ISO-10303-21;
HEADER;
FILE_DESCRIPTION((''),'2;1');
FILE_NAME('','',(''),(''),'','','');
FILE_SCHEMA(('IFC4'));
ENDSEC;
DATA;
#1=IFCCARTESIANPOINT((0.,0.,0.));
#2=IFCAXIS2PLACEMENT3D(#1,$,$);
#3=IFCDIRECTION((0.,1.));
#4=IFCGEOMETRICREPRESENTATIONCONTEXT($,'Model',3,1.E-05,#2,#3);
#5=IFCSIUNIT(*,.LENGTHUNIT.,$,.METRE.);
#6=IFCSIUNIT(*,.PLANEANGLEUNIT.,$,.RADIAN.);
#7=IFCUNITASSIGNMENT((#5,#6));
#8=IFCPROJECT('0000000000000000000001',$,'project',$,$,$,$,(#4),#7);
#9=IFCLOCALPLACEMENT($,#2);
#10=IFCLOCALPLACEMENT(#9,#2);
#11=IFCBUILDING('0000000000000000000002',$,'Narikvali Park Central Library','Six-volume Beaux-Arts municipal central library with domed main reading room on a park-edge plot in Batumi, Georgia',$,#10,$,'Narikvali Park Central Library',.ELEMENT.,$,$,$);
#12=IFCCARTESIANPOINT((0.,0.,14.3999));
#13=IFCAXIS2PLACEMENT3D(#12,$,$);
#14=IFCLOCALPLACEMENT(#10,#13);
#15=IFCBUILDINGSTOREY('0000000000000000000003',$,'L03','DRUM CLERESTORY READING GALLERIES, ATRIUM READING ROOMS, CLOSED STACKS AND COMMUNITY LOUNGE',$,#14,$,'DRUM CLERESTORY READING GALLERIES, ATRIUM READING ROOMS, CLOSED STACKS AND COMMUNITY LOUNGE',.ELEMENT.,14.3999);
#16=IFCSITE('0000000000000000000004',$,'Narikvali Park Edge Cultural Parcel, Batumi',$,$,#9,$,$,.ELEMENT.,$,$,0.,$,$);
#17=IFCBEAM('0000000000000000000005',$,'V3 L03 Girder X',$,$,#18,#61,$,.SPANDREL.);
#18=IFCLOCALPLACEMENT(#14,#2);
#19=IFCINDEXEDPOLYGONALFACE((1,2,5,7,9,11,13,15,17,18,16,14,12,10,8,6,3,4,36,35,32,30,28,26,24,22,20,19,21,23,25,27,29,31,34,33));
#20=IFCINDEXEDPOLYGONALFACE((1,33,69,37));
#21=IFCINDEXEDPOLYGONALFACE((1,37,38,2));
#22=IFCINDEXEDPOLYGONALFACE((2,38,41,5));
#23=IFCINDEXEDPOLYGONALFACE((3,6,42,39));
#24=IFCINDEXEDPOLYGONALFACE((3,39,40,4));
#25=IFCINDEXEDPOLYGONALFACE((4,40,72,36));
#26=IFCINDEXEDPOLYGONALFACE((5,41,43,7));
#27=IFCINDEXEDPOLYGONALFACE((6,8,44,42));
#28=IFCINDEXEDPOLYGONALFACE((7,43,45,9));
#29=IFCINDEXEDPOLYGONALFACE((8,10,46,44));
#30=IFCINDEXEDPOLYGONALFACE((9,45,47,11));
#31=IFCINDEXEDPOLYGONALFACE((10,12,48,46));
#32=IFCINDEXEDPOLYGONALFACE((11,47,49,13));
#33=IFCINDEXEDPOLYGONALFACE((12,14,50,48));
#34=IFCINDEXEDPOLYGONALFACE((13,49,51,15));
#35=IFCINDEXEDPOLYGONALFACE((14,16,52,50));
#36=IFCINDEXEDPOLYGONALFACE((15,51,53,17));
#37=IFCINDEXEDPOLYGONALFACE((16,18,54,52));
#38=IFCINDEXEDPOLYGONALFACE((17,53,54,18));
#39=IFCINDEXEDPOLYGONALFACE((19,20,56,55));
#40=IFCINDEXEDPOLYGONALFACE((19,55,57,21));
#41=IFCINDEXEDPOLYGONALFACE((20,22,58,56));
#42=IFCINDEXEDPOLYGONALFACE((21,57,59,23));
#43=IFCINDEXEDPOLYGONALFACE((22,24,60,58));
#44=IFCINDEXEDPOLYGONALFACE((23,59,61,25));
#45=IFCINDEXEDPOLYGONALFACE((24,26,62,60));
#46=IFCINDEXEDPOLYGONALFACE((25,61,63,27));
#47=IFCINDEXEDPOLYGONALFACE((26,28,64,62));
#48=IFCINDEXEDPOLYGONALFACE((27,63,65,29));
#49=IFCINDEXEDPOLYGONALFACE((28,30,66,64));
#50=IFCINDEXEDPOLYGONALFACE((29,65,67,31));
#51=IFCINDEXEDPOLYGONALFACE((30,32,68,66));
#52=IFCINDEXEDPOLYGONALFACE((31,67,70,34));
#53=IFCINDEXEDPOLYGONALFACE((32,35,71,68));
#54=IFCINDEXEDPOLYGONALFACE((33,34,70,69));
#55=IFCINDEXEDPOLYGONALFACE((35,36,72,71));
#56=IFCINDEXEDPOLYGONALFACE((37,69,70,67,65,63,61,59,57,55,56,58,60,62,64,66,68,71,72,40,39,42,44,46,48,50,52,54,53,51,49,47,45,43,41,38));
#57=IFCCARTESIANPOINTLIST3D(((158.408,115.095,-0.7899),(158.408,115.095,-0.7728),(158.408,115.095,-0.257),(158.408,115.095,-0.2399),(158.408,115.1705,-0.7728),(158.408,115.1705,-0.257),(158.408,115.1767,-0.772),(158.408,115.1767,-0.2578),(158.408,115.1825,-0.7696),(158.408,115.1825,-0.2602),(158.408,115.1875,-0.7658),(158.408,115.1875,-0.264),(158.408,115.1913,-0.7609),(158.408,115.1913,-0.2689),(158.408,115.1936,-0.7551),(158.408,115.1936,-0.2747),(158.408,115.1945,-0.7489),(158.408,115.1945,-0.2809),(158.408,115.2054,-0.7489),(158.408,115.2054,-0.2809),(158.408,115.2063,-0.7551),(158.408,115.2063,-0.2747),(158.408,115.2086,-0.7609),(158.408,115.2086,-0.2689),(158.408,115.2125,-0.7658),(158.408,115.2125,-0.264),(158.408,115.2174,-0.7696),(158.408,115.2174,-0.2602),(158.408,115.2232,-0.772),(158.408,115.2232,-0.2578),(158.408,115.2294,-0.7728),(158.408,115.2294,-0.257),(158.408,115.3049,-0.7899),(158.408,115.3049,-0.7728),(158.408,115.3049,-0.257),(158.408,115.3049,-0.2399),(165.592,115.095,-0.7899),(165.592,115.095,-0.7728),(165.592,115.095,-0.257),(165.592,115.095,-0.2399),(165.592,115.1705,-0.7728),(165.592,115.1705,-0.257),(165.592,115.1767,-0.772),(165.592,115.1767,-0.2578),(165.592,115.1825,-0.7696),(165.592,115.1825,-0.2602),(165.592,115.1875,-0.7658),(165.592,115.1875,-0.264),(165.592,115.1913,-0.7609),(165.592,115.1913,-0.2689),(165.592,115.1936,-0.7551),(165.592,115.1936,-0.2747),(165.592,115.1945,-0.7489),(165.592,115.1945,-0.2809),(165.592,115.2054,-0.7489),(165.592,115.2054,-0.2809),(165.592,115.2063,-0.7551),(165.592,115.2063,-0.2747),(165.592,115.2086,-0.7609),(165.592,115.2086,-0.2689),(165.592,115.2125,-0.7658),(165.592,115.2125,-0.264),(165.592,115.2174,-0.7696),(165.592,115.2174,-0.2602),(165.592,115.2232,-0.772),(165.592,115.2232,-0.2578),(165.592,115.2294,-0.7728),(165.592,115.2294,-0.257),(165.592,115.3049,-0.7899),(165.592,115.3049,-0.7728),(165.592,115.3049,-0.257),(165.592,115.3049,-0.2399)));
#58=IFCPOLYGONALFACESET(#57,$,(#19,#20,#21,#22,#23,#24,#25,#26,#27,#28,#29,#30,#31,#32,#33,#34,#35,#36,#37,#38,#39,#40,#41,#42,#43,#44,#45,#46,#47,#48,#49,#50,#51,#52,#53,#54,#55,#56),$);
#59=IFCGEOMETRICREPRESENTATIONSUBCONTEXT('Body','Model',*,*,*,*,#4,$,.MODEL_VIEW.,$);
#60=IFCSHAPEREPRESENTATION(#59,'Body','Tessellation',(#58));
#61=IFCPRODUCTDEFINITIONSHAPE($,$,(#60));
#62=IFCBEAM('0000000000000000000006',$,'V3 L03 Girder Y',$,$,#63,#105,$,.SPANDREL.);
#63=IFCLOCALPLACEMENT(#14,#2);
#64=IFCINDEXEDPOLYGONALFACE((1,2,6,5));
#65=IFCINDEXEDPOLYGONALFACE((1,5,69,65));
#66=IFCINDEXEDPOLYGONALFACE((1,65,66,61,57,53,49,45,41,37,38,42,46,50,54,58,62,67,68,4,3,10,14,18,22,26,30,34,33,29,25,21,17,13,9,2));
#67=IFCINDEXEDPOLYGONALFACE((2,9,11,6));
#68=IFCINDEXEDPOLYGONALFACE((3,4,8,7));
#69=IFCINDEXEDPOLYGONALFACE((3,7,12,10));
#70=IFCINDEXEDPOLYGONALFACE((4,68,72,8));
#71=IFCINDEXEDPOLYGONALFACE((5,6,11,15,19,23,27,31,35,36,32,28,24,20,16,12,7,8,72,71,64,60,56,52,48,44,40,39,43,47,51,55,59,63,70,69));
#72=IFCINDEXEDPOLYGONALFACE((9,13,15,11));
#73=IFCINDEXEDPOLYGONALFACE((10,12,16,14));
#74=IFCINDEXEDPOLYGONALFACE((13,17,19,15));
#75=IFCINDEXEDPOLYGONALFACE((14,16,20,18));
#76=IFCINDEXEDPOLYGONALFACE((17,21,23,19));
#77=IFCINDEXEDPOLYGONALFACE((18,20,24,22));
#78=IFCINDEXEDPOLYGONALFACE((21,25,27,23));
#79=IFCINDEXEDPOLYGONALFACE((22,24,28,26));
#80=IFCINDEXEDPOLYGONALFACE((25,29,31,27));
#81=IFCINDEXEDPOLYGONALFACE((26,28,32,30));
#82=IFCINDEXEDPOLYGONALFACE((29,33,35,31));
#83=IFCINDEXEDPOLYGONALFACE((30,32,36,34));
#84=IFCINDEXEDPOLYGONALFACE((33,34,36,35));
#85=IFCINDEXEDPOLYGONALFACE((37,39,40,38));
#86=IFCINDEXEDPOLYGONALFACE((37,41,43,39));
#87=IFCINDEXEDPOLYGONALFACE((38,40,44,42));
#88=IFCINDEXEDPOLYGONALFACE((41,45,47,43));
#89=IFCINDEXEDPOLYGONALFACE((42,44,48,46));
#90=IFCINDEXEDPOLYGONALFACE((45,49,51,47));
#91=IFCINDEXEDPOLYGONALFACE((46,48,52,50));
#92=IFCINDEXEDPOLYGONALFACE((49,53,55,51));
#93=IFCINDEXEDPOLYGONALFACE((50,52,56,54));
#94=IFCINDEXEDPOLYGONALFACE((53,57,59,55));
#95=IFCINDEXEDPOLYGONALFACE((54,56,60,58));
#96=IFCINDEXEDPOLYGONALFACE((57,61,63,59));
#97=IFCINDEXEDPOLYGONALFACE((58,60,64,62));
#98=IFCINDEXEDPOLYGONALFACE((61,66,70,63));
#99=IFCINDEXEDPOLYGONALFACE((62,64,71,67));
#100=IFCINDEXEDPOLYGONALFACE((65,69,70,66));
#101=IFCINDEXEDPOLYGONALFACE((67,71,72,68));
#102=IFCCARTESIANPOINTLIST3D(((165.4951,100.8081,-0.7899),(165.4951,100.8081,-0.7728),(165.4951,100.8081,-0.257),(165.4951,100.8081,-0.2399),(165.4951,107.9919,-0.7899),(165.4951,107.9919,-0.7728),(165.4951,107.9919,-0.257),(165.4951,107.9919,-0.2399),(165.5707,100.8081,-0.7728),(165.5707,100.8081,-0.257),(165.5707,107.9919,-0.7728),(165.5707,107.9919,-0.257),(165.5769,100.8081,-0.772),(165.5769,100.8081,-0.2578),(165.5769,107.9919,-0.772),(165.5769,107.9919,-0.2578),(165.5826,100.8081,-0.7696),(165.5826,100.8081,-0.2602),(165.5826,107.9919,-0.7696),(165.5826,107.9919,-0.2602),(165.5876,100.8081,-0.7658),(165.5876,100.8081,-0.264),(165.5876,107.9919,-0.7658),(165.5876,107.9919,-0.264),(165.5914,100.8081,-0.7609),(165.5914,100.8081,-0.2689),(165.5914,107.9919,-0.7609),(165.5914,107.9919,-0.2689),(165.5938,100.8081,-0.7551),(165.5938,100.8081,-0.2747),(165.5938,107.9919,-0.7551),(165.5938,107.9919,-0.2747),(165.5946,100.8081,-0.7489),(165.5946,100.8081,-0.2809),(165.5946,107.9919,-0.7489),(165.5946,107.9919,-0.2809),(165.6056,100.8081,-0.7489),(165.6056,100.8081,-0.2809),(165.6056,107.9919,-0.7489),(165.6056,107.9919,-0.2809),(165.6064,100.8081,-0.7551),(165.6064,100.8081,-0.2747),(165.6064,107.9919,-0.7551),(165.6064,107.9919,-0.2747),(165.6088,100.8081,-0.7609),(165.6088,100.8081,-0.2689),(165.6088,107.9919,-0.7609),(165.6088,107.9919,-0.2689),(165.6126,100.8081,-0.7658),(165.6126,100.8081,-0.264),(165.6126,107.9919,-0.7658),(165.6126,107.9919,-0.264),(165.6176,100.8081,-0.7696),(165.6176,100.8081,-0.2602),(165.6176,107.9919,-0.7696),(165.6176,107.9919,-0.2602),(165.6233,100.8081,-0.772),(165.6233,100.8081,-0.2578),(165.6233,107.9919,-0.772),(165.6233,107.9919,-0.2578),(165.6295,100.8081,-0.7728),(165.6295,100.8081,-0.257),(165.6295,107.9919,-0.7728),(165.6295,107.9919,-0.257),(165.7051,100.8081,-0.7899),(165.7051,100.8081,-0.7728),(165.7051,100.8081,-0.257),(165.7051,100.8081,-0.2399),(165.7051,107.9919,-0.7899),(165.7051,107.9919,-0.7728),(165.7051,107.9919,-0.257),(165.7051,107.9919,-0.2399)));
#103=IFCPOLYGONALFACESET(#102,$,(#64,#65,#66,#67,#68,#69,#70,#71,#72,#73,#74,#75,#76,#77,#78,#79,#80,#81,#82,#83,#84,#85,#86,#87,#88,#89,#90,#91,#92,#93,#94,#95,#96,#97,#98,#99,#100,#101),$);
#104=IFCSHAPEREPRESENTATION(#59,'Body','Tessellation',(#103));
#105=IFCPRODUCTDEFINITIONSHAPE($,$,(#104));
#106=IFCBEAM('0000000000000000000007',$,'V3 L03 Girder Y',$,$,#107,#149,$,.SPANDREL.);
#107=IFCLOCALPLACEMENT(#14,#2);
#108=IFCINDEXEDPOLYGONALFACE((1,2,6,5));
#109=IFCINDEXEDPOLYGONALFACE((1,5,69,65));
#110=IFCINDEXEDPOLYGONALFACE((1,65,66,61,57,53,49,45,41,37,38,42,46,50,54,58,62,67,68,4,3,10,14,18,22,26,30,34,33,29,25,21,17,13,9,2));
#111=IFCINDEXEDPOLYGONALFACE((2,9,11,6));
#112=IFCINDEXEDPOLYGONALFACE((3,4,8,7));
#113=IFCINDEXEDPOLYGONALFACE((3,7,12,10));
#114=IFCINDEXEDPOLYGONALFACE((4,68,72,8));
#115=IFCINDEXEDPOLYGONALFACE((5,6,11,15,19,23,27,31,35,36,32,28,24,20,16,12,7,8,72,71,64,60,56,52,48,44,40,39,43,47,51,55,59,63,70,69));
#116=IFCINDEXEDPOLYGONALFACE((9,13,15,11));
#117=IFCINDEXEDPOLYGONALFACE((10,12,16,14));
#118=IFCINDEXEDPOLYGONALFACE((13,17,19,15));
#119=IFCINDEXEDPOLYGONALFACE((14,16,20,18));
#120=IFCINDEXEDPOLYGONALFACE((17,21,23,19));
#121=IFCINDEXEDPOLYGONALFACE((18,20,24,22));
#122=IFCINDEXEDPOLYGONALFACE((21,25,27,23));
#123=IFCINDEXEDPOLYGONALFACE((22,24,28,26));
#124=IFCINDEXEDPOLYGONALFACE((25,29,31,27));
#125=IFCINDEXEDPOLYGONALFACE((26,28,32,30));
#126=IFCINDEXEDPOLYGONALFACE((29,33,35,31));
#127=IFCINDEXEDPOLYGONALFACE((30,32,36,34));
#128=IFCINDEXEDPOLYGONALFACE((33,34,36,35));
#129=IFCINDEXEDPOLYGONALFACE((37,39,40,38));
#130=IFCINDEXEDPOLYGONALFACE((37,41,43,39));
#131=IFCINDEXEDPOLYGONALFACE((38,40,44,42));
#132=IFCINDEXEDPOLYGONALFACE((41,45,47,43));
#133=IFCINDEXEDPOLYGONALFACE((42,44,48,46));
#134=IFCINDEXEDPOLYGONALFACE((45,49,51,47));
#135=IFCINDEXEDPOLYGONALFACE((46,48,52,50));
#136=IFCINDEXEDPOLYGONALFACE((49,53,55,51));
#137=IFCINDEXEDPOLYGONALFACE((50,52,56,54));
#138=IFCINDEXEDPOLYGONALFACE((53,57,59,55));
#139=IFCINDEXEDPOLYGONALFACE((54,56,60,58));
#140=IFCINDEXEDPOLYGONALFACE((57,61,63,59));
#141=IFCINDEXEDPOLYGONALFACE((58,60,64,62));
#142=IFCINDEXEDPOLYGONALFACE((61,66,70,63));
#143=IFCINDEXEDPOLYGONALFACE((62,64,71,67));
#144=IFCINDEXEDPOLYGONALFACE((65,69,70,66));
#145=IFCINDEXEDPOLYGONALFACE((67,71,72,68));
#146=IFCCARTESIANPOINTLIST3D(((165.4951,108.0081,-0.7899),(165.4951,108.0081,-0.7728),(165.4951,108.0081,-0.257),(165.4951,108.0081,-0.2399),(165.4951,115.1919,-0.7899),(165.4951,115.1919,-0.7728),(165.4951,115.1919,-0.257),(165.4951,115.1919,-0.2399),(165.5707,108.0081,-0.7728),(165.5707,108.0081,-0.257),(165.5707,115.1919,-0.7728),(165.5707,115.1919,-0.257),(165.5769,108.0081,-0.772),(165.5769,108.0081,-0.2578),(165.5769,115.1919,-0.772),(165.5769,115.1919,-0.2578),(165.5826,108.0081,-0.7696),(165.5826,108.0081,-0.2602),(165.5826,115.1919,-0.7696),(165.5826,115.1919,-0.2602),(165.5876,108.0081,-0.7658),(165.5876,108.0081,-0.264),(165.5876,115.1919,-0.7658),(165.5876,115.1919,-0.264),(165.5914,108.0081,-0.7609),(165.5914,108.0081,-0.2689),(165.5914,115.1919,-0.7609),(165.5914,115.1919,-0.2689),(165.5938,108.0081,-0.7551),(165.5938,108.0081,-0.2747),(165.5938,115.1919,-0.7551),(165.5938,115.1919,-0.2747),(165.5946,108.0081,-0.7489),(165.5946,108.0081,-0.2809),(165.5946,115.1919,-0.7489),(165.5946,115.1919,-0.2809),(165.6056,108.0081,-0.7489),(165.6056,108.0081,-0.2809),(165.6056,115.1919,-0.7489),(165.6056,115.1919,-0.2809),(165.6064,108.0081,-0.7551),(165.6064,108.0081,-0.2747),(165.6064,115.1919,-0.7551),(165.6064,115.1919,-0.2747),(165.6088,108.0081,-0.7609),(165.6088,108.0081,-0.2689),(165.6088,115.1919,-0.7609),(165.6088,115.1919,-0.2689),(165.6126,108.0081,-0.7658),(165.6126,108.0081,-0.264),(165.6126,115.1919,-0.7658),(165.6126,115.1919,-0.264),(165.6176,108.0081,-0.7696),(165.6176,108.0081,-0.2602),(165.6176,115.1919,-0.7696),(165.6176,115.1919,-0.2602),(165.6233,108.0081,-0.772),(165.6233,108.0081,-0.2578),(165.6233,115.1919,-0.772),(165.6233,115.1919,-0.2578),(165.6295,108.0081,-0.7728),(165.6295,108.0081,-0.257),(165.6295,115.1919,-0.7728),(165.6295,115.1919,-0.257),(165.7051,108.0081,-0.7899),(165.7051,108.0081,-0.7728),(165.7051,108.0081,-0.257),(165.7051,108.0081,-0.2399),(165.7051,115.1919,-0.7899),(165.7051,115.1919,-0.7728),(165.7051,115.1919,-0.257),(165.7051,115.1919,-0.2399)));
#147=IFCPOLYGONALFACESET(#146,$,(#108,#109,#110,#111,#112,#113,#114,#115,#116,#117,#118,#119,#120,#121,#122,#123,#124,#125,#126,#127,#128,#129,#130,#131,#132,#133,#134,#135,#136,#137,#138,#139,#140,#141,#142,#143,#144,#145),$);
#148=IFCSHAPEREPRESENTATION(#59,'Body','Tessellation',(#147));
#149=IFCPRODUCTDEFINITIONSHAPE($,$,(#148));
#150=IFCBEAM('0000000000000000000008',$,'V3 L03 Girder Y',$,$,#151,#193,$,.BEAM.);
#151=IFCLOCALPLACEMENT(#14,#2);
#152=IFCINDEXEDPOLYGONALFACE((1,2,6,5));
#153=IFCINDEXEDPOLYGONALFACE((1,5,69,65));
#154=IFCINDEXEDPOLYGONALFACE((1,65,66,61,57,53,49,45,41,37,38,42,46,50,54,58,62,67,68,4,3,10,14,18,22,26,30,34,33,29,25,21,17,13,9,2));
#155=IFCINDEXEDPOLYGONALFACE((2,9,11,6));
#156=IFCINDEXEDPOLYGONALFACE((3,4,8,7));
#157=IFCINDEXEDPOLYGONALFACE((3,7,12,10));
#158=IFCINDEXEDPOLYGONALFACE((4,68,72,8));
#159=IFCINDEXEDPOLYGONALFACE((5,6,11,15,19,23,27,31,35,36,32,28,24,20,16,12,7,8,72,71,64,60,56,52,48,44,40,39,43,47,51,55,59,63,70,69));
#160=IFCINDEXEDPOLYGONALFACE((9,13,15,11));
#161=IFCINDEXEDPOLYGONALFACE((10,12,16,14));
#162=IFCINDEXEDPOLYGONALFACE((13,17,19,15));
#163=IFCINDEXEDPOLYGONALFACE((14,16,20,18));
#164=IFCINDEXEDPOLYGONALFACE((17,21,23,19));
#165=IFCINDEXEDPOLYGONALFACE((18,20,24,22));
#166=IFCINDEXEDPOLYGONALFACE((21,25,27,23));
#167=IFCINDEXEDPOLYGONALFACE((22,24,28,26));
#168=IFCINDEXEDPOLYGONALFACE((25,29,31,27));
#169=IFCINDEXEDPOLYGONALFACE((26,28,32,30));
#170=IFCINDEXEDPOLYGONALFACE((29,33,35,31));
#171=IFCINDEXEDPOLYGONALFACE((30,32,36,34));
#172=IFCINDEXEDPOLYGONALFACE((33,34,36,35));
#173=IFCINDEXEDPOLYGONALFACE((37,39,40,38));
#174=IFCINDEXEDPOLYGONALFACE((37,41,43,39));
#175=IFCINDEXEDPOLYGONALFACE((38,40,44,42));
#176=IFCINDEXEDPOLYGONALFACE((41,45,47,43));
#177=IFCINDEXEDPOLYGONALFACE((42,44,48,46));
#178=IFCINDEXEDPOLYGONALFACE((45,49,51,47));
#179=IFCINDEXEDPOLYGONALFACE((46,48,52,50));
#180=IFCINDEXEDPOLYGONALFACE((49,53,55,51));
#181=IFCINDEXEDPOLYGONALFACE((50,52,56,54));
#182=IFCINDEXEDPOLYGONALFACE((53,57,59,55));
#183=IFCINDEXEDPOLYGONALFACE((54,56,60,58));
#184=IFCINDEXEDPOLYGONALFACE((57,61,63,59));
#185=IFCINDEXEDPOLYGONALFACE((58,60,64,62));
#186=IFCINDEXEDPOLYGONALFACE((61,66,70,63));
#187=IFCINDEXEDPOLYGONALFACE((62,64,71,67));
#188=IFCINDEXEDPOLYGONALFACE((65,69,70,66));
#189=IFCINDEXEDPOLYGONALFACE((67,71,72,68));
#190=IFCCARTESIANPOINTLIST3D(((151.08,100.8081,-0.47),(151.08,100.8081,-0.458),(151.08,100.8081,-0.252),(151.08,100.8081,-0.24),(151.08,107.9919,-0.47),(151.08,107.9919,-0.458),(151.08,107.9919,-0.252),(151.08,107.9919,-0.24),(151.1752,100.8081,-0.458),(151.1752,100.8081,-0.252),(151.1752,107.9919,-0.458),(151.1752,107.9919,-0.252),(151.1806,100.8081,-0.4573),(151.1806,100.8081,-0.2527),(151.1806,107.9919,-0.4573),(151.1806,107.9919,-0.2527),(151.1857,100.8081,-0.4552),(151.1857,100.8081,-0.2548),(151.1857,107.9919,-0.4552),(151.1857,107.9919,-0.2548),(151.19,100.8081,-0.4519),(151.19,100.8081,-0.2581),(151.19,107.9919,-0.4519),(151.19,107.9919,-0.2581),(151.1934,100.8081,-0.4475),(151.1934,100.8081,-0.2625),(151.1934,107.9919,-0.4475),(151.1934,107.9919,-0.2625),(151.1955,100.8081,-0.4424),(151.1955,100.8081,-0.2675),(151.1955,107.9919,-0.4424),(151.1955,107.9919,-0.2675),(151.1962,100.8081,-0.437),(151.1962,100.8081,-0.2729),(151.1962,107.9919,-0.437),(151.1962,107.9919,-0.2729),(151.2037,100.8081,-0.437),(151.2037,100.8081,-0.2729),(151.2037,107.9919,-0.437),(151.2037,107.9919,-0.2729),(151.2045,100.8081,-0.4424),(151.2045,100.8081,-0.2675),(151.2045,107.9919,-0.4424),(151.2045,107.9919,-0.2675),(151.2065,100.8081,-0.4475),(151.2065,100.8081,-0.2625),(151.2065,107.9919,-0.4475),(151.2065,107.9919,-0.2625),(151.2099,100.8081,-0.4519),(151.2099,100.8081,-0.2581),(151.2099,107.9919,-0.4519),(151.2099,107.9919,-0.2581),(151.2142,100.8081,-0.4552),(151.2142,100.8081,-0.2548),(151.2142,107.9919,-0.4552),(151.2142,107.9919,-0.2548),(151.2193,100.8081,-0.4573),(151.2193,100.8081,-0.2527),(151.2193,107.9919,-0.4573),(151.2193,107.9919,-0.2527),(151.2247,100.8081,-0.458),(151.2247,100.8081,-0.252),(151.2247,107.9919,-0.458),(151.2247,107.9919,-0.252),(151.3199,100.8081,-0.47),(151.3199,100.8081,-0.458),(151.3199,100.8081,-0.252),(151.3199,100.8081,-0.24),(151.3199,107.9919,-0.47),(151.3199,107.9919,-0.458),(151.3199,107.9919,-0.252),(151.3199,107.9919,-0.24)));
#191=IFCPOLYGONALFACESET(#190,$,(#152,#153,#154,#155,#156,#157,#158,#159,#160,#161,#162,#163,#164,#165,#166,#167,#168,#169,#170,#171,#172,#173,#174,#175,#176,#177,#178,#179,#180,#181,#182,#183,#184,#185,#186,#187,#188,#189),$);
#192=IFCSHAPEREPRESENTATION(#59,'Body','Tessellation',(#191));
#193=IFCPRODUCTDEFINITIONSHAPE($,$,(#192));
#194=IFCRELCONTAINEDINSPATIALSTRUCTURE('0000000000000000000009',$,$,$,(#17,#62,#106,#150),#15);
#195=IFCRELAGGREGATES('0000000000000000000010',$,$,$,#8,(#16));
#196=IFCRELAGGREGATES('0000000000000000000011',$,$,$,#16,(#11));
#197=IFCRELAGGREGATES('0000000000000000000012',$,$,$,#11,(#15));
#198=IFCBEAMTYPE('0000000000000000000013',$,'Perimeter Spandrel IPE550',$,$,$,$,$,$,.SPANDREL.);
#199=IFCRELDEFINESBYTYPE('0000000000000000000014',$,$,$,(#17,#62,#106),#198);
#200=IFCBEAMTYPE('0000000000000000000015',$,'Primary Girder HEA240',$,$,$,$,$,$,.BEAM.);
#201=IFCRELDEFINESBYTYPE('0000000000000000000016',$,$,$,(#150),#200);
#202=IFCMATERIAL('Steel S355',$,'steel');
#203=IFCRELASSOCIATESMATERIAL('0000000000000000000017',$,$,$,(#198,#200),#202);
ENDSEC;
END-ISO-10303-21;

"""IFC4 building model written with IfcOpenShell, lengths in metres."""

from ifc_helpers import new_model, si_unit, direction, frame, origin, origin_2d, place, context, subcontext, project, spatial, i_section, extrude, material, material_profile, profile_set, type_object, element, save


model = new_model("IFC4")

# Units and contexts
model_context = context("Model", 3, precision=1e-05, world=origin(), true_north=direction((0.0, 1.0)))
body_context = subcontext(model_context, "Body", "Model", "MODEL_VIEW")
ifc_project = project(units=[si_unit("LENGTHUNIT", "METRE"), si_unit("PLANEANGLEUNIT", "RADIAN")], contexts=[model_context])

# Site, building, storey
site_placement = place(None, origin())
site = spatial("IfcSite", under=ifc_project, at=site_placement, Name="Narikvali Park Edge Cultural Parcel, Batumi", CompositionType="ELEMENT", RefElevation=0.0)
building_placement = place(site_placement, origin())
building = spatial("IfcBuilding", under=site, at=building_placement, Name="Narikvali Park Central Library", Description="Six-volume Beaux-Arts municipal central library with domed main reading room on a park-edge plot in Batumi, Georgia", LongName="Narikvali Park Central Library", CompositionType="ELEMENT")
storey_placement = place(building_placement, frame((0.0, 0.0, 14.3999)))
storey = spatial("IfcBuildingStorey", under=building, at=storey_placement, Name="L03", Description="DRUM CLERESTORY READING GALLERIES, ATRIUM READING ROOMS, CLOSED STACKS AND COMMUNITY LOUNGE", LongName="DRUM CLERESTORY READING GALLERIES, ATRIUM READING ROOMS, CLOSED STACKS AND COMMUNITY LOUNGE", CompositionType="ELEMENT", Elevation=14.3999)

# Shared definitions
ifc_material_1 = material(Name="Steel S355", Category="steel")

# Beams
ifc_material_profile_1 = material_profile(ifc_material_1, i_section(OverallWidth=0.21, OverallDepth=0.55, WebThickness=0.011, FlangeThickness=0.0171, FilletRadius=0.0239, at=origin_2d()), Name="IPE 550")
ifc_profile_set_1 = profile_set([ifc_material_profile_1], Name="Steel S355")
beam_type_1 = type_object("IfcBeamType", Name="Perimeter Spandrel IPE550", PredefinedType="SPANDREL", material=ifc_profile_set_1)
for number, where, z_axis, x_axis, name in (
    (1, (158.408, 115.2, -0.5149), (1.0, 0.0, 0.0), (0.0, 1.0, 0.0), "V3 L03 Girder X"),
):
    element("IfcBeam", number, at=place(storey_placement, frame(where, z_axis=z_axis, x_axis=x_axis)), inside=storey, type_object=beam_type_1, Name=name, PredefinedType="SPANDREL", context=body_context, shape_type="SweptSolid", body=[
        extrude(i_section(OverallWidth=0.21, OverallDepth=0.55, WebThickness=0.011, FlangeThickness=0.0171, FilletRadius=0.0239, at=origin_2d()), origin(), (0.0, 0.0, 1.0), 7.1841),
    ])
for number, where, z_axis, x_axis, name in (
    (2, (165.6001, 100.8081, -0.5149), (0.0, 1.0, 0.0), (-1.0, 0.0, 0.0), "V3 L03 Girder Y"),
    (3, (165.6001, 108.0081, -0.5149), (0.0, 1.0, 0.0), (-1.0, 0.0, 0.0), "V3 L03 Girder Y"),
):
    element("IfcBeam", number, at=place(storey_placement, frame(where, z_axis=z_axis, x_axis=x_axis)), inside=storey, type_object=beam_type_1, Name=name, PredefinedType="SPANDREL", context=body_context, shape_type="SweptSolid", body=[
        extrude(i_section(OverallWidth=0.21, OverallDepth=0.55, WebThickness=0.011, FlangeThickness=0.0171, FilletRadius=0.0239, at=origin_2d()), origin(), (0.0, 0.0, 1.0), 7.1838),
    ])
ifc_material_profile_2 = material_profile(ifc_material_1, i_section(OverallWidth=0.24, OverallDepth=0.23, WebThickness=0.0076, FlangeThickness=0.012, FilletRadius=0.021, at=origin_2d()), Name="HEA 240")
ifc_profile_set_2 = profile_set([ifc_material_profile_2], Name="Steel S355")
beam_type_2 = type_object("IfcBeamType", Name="Primary Girder HEA240", PredefinedType="BEAM", material=ifc_profile_set_2)
for number, where, z_axis, x_axis, name in (
    (4, (151.2, 100.8081, -0.355), (0.0, 1.0, 0.0), (-1.0, 0.0, 0.0), "V3 L03 Girder Y"),
):
    element("IfcBeam", number, at=place(storey_placement, frame(where, z_axis=z_axis, x_axis=x_axis)), inside=storey, type_object=beam_type_2, Name=name, PredefinedType="BEAM", context=body_context, shape_type="SweptSolid", body=[
        extrude(i_section(OverallWidth=0.24, OverallDepth=0.23, WebThickness=0.0076, FlangeThickness=0.012, FilletRadius=0.021, at=origin_2d()), origin(), (0.0, 0.0, 1.0), 7.1838),
    ])

save(model, "model.ifc")
